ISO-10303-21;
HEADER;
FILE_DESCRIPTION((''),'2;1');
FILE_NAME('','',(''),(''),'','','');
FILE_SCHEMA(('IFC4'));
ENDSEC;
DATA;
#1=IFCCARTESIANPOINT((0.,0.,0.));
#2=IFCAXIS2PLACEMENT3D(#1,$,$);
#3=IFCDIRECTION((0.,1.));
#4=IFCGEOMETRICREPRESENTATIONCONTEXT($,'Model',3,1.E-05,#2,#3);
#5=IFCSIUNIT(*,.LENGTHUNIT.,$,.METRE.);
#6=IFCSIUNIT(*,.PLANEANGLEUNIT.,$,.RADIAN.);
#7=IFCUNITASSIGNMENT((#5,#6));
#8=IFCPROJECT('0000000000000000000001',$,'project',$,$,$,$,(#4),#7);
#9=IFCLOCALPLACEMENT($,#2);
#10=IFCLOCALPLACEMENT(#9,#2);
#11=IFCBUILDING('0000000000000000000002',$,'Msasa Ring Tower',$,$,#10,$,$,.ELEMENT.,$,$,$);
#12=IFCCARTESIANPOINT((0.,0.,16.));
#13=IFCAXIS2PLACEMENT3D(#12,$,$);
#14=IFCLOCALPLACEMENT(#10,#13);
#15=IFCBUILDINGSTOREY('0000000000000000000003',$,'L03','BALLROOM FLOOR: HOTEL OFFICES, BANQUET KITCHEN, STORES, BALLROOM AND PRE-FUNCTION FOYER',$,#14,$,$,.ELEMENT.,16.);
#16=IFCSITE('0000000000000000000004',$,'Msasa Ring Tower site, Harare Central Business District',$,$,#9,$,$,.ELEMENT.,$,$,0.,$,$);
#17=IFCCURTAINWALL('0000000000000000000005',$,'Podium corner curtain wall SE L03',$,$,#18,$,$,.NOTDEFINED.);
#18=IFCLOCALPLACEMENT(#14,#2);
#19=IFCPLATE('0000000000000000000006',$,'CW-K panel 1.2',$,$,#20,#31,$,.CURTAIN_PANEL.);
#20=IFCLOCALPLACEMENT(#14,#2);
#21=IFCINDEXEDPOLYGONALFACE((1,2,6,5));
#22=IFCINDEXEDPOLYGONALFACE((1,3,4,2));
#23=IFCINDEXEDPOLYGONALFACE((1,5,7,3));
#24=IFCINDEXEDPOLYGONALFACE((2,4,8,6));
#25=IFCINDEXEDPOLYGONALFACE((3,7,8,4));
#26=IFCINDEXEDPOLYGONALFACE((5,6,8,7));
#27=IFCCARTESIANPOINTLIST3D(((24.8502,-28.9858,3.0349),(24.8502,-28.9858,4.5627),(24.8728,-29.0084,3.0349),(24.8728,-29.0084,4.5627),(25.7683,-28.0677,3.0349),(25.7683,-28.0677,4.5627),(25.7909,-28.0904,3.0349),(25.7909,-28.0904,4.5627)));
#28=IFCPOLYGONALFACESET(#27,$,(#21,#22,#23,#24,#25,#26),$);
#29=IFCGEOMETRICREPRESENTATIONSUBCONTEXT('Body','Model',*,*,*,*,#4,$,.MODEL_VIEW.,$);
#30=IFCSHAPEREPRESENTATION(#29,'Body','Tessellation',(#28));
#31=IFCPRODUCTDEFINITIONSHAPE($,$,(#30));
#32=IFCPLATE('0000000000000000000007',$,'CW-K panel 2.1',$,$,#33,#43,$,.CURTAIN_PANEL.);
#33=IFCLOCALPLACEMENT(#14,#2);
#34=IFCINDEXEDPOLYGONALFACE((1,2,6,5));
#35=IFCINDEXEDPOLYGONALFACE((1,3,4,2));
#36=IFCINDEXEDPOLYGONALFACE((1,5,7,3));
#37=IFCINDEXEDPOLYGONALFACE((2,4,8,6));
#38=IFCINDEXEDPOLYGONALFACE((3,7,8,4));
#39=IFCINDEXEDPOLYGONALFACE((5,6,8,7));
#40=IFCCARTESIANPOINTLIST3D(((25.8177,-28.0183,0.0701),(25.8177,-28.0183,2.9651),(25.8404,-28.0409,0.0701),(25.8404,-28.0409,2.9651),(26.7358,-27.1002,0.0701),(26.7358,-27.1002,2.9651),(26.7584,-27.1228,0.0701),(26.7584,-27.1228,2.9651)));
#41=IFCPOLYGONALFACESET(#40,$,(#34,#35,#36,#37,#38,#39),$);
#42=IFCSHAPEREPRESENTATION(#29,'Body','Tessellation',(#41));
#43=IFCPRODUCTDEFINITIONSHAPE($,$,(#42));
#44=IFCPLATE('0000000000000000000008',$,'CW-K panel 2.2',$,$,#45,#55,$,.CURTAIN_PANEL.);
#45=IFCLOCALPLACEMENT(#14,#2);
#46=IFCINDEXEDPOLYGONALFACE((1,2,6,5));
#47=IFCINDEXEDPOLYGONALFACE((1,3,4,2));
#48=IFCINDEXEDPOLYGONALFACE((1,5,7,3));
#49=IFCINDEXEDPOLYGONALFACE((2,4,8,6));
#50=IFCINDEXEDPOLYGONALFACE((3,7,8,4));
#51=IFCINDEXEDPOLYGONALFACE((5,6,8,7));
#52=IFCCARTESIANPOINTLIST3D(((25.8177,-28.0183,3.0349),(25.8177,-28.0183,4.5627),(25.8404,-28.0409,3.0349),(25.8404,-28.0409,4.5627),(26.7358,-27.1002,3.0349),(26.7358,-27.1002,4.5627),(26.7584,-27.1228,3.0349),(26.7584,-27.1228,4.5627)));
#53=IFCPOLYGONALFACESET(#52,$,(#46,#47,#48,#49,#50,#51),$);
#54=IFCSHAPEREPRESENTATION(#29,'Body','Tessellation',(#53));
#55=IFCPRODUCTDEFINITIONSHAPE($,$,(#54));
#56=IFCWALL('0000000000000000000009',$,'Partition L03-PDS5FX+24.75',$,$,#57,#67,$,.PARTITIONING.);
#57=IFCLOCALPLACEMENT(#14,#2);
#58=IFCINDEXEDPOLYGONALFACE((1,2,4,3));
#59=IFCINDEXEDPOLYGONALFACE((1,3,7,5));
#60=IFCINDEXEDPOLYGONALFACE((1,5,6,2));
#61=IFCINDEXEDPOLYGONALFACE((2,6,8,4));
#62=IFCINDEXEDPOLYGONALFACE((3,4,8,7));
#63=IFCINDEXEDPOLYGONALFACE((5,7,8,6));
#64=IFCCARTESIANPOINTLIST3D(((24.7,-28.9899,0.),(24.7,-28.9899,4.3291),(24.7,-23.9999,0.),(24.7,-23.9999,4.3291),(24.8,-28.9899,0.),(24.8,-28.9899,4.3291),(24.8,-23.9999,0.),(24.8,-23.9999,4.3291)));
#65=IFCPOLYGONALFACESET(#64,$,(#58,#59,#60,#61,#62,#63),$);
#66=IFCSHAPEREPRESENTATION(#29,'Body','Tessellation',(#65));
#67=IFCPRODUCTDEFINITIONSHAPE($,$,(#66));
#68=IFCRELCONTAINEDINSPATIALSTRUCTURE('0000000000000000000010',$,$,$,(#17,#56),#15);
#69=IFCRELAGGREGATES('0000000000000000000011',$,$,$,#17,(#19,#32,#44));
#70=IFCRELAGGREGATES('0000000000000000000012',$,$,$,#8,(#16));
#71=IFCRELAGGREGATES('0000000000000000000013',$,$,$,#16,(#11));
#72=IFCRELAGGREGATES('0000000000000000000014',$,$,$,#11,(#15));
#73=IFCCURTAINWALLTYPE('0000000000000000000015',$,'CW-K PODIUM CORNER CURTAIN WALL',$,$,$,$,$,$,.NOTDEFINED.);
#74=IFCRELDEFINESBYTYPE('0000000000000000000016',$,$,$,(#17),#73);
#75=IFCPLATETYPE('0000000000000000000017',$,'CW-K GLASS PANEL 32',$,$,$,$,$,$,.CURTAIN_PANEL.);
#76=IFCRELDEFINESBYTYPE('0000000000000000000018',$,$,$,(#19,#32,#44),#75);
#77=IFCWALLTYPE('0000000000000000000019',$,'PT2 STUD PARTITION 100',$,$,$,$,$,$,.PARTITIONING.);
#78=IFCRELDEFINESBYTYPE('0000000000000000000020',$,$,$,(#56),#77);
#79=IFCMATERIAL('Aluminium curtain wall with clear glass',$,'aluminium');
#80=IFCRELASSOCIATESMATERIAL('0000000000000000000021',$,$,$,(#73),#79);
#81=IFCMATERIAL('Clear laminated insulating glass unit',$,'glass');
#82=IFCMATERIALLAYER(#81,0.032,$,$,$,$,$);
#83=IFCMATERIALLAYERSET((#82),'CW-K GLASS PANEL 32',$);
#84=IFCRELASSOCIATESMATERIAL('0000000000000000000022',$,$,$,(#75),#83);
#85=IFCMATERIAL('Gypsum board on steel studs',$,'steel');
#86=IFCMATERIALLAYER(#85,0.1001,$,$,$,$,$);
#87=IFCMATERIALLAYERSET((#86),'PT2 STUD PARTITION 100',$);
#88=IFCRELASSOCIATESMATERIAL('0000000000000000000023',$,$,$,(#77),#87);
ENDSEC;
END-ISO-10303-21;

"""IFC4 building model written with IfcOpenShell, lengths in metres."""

from ifc_helpers import new_model, si_unit, direction, frame, frame_2d, origin, origin_2d, place, context, subcontext, project, spatial, rectangle, extrude, material, layer, layer_set, type_object, element, aggregate, save


model = new_model("IFC4")

# Units and contexts
model_context = context("Model", 3, precision=1e-05, world=origin(), true_north=direction((0.0, 1.0)))
body_context = subcontext(model_context, "Body", "Model", "MODEL_VIEW")
ifc_project = project(units=[si_unit("LENGTHUNIT", "METRE"), si_unit("PLANEANGLEUNIT", "RADIAN")], contexts=[model_context])

# Site, building, storey
site_placement = place(None, origin())
site = spatial("IfcSite", under=ifc_project, at=site_placement, Name="Msasa Ring Tower site, Harare Central Business District", CompositionType="ELEMENT", RefElevation=0.0)
building_placement = place(site_placement, origin())
building = spatial("IfcBuilding", under=site, at=building_placement, Name="Msasa Ring Tower", CompositionType="ELEMENT")
storey_placement = place(building_placement, frame((0.0, 0.0, 16.0)))
storey = spatial("IfcBuildingStorey", under=building, at=storey_placement, Name="L03", Description="BALLROOM FLOOR: HOTEL OFFICES, BANQUET KITCHEN, STORES, BALLROOM AND PRE-FUNCTION FOYER", CompositionType="ELEMENT", Elevation=16.0)

# Curtain wall
ifc_material_1 = material(Name="Aluminium curtain wall with clear glass", Category="aluminium")
curtain_wall_type = type_object("IfcCurtainWallType", Name="CW-K PODIUM CORNER CURTAIN WALL", PredefinedType="NOTDEFINED", material=ifc_material_1)
curtain_wall_placement = place(storey_placement, origin())
curtain_wall = element("IfcCurtainWall", 1, at=curtain_wall_placement, inside=storey, type_object=curtain_wall_type, Name="Podium corner curtain wall SE L03", PredefinedType="NOTDEFINED")

# Plates
ifc_material_2 = material(Name="Clear laminated insulating glass unit", Category="glass")
ifc_layer_1 = layer(ifc_material_2, 0.032)
ifc_layer_set_1 = layer_set([ifc_layer_1], Name="CW-K GLASS PANEL 32")
plate_type = type_object("IfcPlateType", Name="CW-K GLASS PANEL 32", PredefinedType="CURTAIN_PANEL", material=ifc_layer_set_1)
plate_1_placement = place(storey_placement, frame((25.3206, -28.5381, 3.0349), z_axis=(0.0, 0.0, 1.0), x_axis=(0.707107, 0.707107, 0.0)))
plate_1 = element("IfcPlate", 2, at=plate_1_placement, type_object=plate_type, Name="CW-K panel 1.2", PredefinedType="CURTAIN_PANEL", context=body_context, shape_type="SweptSolid", body=[
    extrude(rectangle(XDim=1.2983, YDim=0.032, at=origin_2d()), origin(), (0.0, 0.0, 1.0), 1.5278),
])
plate_2_placement = place(storey_placement, frame((26.2881, -27.5706, 0.0701), z_axis=(0.0, 0.0, 1.0), x_axis=(0.707107, 0.707107, 0.0)))
plate_2 = element("IfcPlate", 3, at=plate_2_placement, type_object=plate_type, Name="CW-K panel 2.1", PredefinedType="CURTAIN_PANEL", context=body_context, shape_type="SweptSolid", body=[
    extrude(rectangle(XDim=1.2983, YDim=0.032, at=origin_2d()), origin(), (0.0, 0.0, 1.0), 2.895),
])
plate_3_placement = place(storey_placement, frame((26.2881, -27.5706, 3.0349), z_axis=(0.0, 0.0, 1.0), x_axis=(0.707107, 0.707107, 0.0)))
plate_3 = element("IfcPlate", 4, at=plate_3_placement, type_object=plate_type, Name="CW-K panel 2.2", PredefinedType="CURTAIN_PANEL", context=body_context, shape_type="SweptSolid", body=[
    extrude(rectangle(XDim=1.2983, YDim=0.032, at=origin_2d()), origin(), (0.0, 0.0, 1.0), 1.5278),
])
aggregate(curtain_wall, [plate_1, plate_2, plate_3])

# Wall
ifc_material_3 = material(Name="Gypsum board on steel studs", Category="steel")
ifc_layer_2 = layer(ifc_material_3, 0.1001)
ifc_layer_set_2 = layer_set([ifc_layer_2], Name="PT2 STUD PARTITION 100")
wall_type = type_object("IfcWallType", Name="PT2 STUD PARTITION 100", PredefinedType="PARTITIONING", material=ifc_layer_set_2)
wall_placement = place(storey_placement, frame((24.75, -28.99, 0.0), z_axis=(0.0, 0.0, 1.0), x_axis=(0.0, 1.0, 0.0)))
element("IfcWall", 5, at=wall_placement, inside=storey, type_object=wall_type, Name="Partition L03-PDS5FX+24.75", PredefinedType="PARTITIONING", context=body_context, shape_type="SweptSolid", body=[
    extrude(rectangle(XDim=4.99, YDim=0.1001, at=frame_2d((2.4951, 0.0))), origin(), (0.0, 0.0, 1.0), 4.3291),
])

save(model, "model.ifc")
